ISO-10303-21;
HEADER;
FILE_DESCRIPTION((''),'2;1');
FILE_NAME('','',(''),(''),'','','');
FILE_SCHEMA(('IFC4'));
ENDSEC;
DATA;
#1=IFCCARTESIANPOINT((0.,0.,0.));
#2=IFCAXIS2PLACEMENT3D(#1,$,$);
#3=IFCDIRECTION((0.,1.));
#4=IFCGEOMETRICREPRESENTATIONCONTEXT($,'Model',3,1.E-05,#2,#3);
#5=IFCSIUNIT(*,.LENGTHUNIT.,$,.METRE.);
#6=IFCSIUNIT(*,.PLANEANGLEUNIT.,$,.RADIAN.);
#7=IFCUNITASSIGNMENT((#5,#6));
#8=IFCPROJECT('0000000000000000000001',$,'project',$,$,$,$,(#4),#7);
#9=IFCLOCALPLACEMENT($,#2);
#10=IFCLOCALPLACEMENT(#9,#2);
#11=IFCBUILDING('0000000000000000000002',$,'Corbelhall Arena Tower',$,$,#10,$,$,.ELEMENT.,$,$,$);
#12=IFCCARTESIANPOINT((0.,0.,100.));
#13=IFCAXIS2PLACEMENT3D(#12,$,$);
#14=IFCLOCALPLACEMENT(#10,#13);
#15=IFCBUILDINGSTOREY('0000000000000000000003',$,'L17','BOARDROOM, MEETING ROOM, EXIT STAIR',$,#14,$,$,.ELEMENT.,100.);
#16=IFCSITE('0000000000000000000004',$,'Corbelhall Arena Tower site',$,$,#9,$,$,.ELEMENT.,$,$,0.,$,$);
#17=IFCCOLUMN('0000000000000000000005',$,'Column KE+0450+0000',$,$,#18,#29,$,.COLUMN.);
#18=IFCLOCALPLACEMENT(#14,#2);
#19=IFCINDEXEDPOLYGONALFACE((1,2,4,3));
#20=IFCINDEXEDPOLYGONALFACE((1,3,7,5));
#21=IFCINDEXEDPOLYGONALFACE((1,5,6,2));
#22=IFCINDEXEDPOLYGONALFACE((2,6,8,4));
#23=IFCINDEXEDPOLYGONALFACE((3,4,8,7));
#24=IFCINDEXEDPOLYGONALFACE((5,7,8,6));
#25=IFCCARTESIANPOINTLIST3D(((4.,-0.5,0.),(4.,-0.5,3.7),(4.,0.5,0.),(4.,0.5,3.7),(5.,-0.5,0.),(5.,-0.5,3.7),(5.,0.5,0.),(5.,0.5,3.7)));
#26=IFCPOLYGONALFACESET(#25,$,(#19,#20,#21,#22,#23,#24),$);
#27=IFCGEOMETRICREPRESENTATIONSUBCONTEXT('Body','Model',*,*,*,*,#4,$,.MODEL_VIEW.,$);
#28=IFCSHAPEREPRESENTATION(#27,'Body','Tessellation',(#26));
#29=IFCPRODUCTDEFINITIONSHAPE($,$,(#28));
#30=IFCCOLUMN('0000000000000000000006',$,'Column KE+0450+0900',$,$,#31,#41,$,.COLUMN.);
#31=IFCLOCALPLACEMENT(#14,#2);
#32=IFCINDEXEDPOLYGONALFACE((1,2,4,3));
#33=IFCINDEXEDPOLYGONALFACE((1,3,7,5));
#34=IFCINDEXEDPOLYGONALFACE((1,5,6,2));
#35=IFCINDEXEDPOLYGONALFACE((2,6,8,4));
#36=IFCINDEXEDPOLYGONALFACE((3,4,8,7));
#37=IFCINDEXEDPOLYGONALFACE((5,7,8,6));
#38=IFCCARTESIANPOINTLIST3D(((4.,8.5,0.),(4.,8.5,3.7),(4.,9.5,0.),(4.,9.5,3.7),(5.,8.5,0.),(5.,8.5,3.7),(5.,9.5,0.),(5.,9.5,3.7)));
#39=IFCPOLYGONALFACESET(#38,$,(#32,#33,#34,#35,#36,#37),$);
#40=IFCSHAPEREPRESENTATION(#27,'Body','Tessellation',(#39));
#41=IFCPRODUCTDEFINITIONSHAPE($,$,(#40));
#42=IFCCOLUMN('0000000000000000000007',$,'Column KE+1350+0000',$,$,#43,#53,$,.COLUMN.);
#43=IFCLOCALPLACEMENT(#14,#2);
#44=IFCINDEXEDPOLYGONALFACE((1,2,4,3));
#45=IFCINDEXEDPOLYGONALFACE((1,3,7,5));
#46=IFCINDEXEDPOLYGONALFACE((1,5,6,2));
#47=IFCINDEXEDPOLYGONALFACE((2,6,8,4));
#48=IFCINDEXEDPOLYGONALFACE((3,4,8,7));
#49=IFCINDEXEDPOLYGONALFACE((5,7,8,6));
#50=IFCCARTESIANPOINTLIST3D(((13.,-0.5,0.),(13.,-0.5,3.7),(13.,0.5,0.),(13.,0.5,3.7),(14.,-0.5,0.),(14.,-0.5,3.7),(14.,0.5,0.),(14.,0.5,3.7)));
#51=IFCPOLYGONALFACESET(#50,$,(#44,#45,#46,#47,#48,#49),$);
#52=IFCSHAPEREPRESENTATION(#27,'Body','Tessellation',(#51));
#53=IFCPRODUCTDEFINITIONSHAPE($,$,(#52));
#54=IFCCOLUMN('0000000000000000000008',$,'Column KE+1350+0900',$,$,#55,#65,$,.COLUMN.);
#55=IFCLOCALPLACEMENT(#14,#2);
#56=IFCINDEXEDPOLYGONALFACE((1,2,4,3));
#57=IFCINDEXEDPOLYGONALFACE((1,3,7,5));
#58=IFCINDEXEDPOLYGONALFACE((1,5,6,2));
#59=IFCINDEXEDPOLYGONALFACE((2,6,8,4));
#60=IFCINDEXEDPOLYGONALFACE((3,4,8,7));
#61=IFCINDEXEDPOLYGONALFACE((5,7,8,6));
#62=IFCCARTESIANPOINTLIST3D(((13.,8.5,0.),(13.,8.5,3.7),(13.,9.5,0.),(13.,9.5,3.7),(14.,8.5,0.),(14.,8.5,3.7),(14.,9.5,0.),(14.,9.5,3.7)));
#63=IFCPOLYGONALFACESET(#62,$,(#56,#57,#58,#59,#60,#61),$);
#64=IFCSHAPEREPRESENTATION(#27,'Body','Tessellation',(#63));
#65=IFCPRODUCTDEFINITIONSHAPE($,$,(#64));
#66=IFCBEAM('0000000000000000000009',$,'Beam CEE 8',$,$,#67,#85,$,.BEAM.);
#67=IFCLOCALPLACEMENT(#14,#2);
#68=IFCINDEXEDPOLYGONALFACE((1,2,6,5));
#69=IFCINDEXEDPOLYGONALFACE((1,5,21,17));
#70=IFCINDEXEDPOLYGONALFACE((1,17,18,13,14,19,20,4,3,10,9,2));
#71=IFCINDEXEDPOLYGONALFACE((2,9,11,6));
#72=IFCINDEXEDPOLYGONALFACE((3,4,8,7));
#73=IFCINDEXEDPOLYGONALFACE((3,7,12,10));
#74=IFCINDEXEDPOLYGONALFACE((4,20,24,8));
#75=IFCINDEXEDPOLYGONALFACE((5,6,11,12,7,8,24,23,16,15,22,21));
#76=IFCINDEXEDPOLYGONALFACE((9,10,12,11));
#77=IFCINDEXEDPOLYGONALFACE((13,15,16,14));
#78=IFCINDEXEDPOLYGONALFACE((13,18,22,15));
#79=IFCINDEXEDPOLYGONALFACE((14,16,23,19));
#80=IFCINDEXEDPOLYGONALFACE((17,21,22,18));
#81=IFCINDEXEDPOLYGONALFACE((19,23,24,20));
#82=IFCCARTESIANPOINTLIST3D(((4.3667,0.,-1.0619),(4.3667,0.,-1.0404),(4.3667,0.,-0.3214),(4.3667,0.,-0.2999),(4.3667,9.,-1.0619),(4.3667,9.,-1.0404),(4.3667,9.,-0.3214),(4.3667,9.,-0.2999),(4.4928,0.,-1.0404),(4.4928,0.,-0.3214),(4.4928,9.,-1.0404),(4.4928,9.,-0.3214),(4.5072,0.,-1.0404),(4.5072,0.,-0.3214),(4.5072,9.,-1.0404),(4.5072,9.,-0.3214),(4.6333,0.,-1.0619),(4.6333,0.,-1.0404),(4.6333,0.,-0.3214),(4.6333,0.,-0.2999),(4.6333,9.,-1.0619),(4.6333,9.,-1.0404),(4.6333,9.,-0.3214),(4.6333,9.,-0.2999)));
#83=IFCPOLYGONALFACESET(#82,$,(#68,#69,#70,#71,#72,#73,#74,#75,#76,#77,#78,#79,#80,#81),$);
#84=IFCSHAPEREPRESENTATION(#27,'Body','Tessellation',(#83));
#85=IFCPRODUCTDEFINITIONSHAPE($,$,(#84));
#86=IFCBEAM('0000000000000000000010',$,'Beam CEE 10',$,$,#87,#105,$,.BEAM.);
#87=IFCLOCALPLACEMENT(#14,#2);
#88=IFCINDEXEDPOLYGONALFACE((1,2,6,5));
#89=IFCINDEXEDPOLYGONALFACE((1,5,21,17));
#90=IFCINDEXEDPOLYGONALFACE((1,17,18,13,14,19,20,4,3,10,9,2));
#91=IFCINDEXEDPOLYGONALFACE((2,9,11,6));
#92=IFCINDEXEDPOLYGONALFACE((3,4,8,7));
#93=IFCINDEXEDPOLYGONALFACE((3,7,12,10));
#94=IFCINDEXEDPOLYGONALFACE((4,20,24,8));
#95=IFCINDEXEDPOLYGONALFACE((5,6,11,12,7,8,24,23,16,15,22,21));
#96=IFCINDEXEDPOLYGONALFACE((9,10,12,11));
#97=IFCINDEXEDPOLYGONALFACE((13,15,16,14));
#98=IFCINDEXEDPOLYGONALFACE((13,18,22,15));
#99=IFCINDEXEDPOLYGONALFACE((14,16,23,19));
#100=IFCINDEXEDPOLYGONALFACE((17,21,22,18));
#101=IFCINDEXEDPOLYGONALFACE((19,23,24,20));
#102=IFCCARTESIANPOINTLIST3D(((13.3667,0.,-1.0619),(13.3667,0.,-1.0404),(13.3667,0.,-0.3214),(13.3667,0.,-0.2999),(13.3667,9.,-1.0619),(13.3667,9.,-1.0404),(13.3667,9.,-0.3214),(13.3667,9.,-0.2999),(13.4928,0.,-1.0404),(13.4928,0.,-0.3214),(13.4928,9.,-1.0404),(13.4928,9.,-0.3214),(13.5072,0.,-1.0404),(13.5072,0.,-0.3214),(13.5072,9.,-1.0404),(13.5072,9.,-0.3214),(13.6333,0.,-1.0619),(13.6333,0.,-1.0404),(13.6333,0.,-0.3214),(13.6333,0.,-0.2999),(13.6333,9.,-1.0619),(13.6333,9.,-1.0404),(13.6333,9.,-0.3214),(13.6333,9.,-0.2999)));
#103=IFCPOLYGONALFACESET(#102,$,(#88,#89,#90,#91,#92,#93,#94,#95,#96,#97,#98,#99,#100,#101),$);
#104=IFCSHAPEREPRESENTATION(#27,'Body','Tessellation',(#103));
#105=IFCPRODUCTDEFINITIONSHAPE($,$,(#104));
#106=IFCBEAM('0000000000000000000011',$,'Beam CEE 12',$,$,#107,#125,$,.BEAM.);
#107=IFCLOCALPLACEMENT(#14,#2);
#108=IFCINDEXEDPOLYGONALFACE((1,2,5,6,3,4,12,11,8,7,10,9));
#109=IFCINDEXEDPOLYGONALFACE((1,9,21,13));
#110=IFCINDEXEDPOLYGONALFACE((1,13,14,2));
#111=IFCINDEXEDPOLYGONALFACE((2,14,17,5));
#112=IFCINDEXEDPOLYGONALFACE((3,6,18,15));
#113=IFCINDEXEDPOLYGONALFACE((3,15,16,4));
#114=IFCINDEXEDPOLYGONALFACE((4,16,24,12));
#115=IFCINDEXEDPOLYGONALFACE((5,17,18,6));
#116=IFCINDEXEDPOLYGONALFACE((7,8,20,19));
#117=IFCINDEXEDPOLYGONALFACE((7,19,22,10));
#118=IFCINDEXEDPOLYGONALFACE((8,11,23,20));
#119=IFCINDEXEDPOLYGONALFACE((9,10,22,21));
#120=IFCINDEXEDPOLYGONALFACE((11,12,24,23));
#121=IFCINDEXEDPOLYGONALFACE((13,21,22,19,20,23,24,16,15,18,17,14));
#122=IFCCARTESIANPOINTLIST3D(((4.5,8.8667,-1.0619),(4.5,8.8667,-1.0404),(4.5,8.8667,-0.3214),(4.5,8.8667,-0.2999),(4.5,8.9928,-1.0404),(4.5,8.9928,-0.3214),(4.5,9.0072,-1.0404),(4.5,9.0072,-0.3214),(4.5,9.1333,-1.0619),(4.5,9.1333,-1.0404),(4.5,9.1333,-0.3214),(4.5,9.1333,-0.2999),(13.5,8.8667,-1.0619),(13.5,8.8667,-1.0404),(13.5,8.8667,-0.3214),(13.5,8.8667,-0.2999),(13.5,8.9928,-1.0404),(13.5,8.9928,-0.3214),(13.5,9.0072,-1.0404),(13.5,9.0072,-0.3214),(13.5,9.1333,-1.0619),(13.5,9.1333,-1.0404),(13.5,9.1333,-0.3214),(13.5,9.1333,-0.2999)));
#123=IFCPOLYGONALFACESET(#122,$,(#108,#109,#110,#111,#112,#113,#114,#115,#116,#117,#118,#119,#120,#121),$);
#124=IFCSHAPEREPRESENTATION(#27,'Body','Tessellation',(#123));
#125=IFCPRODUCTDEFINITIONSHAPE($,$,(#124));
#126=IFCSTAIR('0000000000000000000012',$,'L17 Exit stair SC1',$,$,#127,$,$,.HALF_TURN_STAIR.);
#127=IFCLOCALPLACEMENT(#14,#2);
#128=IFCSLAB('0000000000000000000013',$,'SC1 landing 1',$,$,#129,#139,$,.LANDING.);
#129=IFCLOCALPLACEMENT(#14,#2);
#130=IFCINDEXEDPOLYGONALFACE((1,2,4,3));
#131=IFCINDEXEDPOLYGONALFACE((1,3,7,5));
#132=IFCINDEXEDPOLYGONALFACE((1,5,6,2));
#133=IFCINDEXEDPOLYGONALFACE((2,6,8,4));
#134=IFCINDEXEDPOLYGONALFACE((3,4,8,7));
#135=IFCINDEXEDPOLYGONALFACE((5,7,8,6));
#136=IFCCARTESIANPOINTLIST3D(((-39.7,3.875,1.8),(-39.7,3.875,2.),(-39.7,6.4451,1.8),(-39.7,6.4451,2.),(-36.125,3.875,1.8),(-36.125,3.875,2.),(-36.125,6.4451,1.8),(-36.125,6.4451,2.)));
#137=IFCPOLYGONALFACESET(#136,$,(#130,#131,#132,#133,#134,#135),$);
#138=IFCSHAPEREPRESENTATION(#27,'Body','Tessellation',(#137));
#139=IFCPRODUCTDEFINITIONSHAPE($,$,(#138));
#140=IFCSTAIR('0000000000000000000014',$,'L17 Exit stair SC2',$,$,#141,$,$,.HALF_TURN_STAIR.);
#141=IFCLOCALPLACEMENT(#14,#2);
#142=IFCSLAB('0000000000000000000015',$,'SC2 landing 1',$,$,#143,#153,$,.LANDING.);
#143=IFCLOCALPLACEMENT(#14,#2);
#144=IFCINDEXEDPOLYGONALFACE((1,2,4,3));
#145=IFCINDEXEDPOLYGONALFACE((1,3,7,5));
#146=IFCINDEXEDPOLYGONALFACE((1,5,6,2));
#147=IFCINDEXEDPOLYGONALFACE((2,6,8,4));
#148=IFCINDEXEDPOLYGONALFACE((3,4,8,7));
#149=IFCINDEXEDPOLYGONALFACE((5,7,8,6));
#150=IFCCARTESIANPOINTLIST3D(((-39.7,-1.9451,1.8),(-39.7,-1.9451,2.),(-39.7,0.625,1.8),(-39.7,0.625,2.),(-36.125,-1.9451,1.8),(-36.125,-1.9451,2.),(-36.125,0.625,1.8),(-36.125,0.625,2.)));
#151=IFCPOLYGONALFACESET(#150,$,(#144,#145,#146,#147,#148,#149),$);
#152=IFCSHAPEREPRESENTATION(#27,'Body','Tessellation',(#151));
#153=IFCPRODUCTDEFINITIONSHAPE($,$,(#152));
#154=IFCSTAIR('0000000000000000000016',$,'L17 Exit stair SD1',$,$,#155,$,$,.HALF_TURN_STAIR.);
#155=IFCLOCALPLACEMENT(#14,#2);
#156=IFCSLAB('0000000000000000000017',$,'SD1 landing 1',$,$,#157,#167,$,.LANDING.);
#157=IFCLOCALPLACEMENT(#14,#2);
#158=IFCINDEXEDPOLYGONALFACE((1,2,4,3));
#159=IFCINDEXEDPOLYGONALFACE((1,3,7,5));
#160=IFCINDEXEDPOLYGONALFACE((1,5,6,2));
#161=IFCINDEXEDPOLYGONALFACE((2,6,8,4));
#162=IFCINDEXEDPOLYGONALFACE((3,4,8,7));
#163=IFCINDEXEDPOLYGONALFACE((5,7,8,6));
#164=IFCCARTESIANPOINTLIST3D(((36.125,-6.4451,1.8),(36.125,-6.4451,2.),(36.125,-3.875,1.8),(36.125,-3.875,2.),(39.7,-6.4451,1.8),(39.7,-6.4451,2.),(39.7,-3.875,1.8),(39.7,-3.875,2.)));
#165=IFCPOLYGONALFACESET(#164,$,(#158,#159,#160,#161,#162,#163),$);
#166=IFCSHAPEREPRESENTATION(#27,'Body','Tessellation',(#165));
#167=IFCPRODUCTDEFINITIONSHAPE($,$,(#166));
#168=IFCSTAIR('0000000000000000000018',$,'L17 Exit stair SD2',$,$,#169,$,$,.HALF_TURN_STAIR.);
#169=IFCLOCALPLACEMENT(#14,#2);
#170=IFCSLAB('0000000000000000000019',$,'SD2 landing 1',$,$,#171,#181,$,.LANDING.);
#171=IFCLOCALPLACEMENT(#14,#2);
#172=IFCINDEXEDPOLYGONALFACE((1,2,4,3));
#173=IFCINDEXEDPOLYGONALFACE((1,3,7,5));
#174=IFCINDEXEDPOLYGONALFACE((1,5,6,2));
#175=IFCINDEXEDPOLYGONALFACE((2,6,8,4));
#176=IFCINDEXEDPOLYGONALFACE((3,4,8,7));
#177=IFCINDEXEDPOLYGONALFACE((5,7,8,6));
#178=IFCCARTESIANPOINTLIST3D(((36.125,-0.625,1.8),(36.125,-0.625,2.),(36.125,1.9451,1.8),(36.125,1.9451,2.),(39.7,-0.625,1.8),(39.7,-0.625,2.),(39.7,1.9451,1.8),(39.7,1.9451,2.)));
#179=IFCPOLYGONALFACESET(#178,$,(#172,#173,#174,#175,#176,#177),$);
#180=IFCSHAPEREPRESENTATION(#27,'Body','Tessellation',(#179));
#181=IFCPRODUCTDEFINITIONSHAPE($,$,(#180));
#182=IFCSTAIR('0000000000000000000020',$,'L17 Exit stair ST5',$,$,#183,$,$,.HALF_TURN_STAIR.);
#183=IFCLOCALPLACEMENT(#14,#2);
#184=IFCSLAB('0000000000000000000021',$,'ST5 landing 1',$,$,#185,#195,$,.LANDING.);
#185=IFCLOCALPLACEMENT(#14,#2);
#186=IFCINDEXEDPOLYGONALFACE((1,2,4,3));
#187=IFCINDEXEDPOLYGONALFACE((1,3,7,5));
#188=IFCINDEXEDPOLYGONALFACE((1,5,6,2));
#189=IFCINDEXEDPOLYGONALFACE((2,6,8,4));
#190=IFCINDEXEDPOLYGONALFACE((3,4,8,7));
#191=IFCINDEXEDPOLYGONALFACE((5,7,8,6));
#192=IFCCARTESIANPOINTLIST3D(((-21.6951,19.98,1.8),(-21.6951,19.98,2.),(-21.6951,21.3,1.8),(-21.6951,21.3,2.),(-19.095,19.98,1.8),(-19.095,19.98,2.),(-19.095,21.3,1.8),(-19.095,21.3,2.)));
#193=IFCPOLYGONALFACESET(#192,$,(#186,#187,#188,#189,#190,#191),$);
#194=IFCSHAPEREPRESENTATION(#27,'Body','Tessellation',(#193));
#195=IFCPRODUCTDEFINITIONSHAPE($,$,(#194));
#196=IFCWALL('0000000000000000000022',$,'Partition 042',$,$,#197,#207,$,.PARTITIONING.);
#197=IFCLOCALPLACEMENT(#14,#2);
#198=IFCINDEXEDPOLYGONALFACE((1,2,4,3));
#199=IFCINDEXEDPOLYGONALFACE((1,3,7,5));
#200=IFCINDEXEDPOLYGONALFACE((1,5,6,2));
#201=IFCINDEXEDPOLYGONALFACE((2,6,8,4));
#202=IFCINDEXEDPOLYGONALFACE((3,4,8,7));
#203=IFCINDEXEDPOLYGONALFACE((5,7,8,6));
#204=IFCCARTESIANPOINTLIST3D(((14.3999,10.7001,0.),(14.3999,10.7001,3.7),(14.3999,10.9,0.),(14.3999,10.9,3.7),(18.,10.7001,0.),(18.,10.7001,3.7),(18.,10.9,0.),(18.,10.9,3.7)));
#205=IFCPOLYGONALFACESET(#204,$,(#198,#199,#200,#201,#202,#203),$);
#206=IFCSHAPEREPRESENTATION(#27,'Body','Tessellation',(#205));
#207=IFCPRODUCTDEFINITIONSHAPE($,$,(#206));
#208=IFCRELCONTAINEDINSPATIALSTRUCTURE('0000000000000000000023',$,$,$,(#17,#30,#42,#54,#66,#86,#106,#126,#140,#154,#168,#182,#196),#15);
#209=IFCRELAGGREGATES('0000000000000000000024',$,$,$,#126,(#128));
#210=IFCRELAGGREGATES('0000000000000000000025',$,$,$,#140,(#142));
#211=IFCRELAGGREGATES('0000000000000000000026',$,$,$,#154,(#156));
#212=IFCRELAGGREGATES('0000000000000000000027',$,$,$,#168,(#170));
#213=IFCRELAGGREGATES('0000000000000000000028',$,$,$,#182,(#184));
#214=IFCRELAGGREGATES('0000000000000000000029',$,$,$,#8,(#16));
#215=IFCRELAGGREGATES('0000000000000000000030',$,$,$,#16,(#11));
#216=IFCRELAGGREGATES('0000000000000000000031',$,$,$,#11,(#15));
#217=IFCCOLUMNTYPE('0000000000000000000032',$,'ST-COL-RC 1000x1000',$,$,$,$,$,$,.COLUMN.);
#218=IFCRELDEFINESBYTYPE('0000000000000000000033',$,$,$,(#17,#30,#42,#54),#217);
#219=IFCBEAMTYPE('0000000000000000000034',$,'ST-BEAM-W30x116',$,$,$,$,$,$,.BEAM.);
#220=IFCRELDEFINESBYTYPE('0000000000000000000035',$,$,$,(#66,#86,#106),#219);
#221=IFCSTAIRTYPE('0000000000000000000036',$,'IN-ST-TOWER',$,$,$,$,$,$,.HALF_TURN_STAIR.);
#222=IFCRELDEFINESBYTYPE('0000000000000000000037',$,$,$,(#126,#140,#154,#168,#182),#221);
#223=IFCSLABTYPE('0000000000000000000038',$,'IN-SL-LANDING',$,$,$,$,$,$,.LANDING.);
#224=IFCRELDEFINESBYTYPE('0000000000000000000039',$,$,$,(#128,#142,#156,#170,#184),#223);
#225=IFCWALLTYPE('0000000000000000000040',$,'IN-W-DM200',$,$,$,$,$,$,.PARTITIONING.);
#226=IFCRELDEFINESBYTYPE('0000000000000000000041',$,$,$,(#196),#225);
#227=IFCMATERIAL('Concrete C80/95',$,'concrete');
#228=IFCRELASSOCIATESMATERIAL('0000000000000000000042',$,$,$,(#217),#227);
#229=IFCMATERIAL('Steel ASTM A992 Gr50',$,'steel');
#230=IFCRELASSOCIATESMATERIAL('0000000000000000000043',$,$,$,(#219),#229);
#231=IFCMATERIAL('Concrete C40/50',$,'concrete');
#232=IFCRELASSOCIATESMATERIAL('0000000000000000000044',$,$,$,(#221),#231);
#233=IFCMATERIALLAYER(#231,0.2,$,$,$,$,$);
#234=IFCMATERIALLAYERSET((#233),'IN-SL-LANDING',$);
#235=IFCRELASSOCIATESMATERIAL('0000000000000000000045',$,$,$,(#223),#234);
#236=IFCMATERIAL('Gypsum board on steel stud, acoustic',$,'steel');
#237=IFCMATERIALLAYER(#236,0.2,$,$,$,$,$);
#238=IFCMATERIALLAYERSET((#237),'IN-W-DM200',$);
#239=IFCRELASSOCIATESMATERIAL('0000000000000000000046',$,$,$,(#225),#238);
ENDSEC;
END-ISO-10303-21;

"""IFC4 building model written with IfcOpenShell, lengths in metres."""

from ifc_helpers import new_model, si_unit, direction, frame, frame_2d, origin, origin_2d, place, context, subcontext, project, spatial, polyline, rectangle, i_section, outline, extrude, material, layer, layer_set, material_profile, profile_set, type_object, element, aggregate, save


model = new_model("IFC4")

# Units and contexts
model_context = context("Model", 3, precision=1e-05, world=origin(), true_north=direction((0.0, 1.0)))
body_context = subcontext(model_context, "Body", "Model", "MODEL_VIEW")
ifc_project = project(units=[si_unit("LENGTHUNIT", "METRE"), si_unit("PLANEANGLEUNIT", "RADIAN")], contexts=[model_context])

# Site, building, storey
site_placement = place(None, origin())
site = spatial("IfcSite", under=ifc_project, at=site_placement, Name="Corbelhall Arena Tower site", CompositionType="ELEMENT", RefElevation=0.0)
building_placement = place(site_placement, origin())
building = spatial("IfcBuilding", under=site, at=building_placement, Name="Corbelhall Arena Tower", CompositionType="ELEMENT")
storey_placement = place(building_placement, frame((0.0, 0.0, 100.0)))
storey = spatial("IfcBuildingStorey", under=building, at=storey_placement, Name="L17", Description="BOARDROOM, MEETING ROOM, EXIT STAIR", CompositionType="ELEMENT", Elevation=100.0)

# Columns
ifc_material_1 = material(Name="Concrete C80/95", Category="concrete")
ifc_material_profile_1 = material_profile(ifc_material_1, rectangle(XDim=1.0, YDim=1.0, at=origin_2d()))
ifc_profile_set_1 = profile_set([ifc_material_profile_1], Name="Concrete C80/95")
column_type = type_object("IfcColumnType", Name="ST-COL-RC 1000x1000", PredefinedType="COLUMN", material=ifc_profile_set_1)
for number, where, z_axis, x_axis, name in (
    (1, (4.5, 0.0, 0.0), (0.0, 0.0, 1.0), (1.0, 0.0, 0.0), "Column KE+0450+0000"),
    (2, (4.5, 9.0, 0.0), (0.0, 0.0, 1.0), (1.0, 0.0, 0.0), "Column KE+0450+0900"),
    (3, (13.5, 0.0, 0.0), (0.0, 0.0, 1.0), (1.0, 0.0, 0.0), "Column KE+1350+0000"),
    (4, (13.5, 9.0, 0.0), (0.0, 0.0, 1.0), (1.0, 0.0, 0.0), "Column KE+1350+0900"),
):
    element("IfcColumn", number, at=place(storey_placement, frame(where, z_axis=z_axis, x_axis=x_axis)), inside=storey, type_object=column_type, Name=name, PredefinedType="COLUMN", context=body_context, shape_type="SweptSolid", body=[
        extrude(rectangle(XDim=1.0, YDim=1.0, at=origin_2d()), origin(), (0.0, 0.0, 1.0), 3.7),
    ])

# Beams
ifc_material_2 = material(Name="Steel ASTM A992 Gr50", Category="steel")
ifc_material_profile_2 = material_profile(ifc_material_2, i_section(OverallWidth=0.2666, OverallDepth=0.762, WebThickness=0.0144, FlangeThickness=0.0215, at=origin_2d()))
ifc_profile_set_2 = profile_set([ifc_material_profile_2], Name="Steel ASTM A992 Gr50")
beam_type = type_object("IfcBeamType", Name="ST-BEAM-W30x116", PredefinedType="BEAM", material=ifc_profile_set_2)
for number, where, z_axis, x_axis, name in (
    (5, (4.5, 0.0, -0.6809), (0.0, 1.0, 0.0), (-1.0, 0.0, 0.0), "Beam CEE 8"),
    (6, (13.5, 0.0, -0.6809), (0.0, 1.0, 0.0), (-1.0, 0.0, 0.0), "Beam CEE 10"),
    (7, (4.5, 9.0, -0.6809), (1.0, 0.0, 0.0), (0.0, 1.0, 0.0), "Beam CEE 12"),
):
    element("IfcBeam", number, at=place(storey_placement, frame(where, z_axis=z_axis, x_axis=x_axis)), inside=storey, type_object=beam_type, Name=name, PredefinedType="BEAM", context=body_context, shape_type="SweptSolid", body=[
        extrude(i_section(OverallWidth=0.2666, OverallDepth=0.762, WebThickness=0.0144, FlangeThickness=0.0215, at=origin_2d()), origin(), (0.0, 0.0, 1.0), 9.0),
    ])

# Stairs, slabs
ifc_material_3 = material(Name="Concrete C40/50", Category="concrete")
stair_type = type_object("IfcStairType", Name="IN-ST-TOWER", PredefinedType="HALF_TURN_STAIR", material=ifc_material_3)
stair_1_placement = place(storey_placement, origin())
stair_1 = element("IfcStair", 8, at=stair_1_placement, inside=storey, type_object=stair_type, Name="L17 Exit stair SC1", PredefinedType="HALF_TURN_STAIR")
ifc_layer_1 = layer(ifc_material_3, 0.2)
ifc_layer_set_1 = layer_set([ifc_layer_1], Name="IN-SL-LANDING")
slab_type = type_object("IfcSlabType", Name="IN-SL-LANDING", PredefinedType="LANDING", material=ifc_layer_set_1)
slab_1_placement = place(storey_placement, frame((0.0, 0.0, 1.8)))
slab_1 = element("IfcSlab", 9, at=slab_1_placement, type_object=slab_type, Name="SC1 landing 1", PredefinedType="LANDING", context=body_context, shape_type="SweptSolid", body=[
    extrude(outline(polyline([(-39.7, 6.4451), (-39.7, 3.875), (-36.125, 3.875), (-36.125, 6.4451), (-39.7, 6.4451)])), origin(), (0.0, 0.0, 1.0), 0.2),
])
aggregate(stair_1, [slab_1])
stair_2_placement = place(storey_placement, origin())
stair_2 = element("IfcStair", 10, at=stair_2_placement, inside=storey, type_object=stair_type, Name="L17 Exit stair SC2", PredefinedType="HALF_TURN_STAIR")
slab_2_placement = place(storey_placement, frame((0.0, 0.0, 1.8)))
slab_2 = element("IfcSlab", 11, at=slab_2_placement, type_object=slab_type, Name="SC2 landing 1", PredefinedType="LANDING", context=body_context, shape_type="SweptSolid", body=[
    extrude(outline(polyline([(-36.125, -1.9451), (-36.125, 0.625), (-39.7, 0.625), (-39.7, -1.9451), (-36.125, -1.9451)])), origin(), (0.0, 0.0, 1.0), 0.2),
])
aggregate(stair_2, [slab_2])
stair_3_placement = place(storey_placement, origin())
stair_3 = element("IfcStair", 12, at=stair_3_placement, inside=storey, type_object=stair_type, Name="L17 Exit stair SD1", PredefinedType="HALF_TURN_STAIR")
slab_3_placement = place(storey_placement, frame((0.0, 0.0, 1.8)))
slab_3 = element("IfcSlab", 13, at=slab_3_placement, type_object=slab_type, Name="SD1 landing 1", PredefinedType="LANDING", context=body_context, shape_type="SweptSolid", body=[
    extrude(outline(polyline([(39.7, -6.4451), (39.7, -3.875), (36.125, -3.875), (36.125, -6.4451), (39.7, -6.4451)])), origin(), (0.0, 0.0, 1.0), 0.2),
])
aggregate(stair_3, [slab_3])
stair_4_placement = place(storey_placement, origin())
stair_4 = element("IfcStair", 14, at=stair_4_placement, inside=storey, type_object=stair_type, Name="L17 Exit stair SD2", PredefinedType="HALF_TURN_STAIR")
slab_4_placement = place(storey_placement, frame((0.0, 0.0, 1.8)))
slab_4 = element("IfcSlab", 15, at=slab_4_placement, type_object=slab_type, Name="SD2 landing 1", PredefinedType="LANDING", context=body_context, shape_type="SweptSolid", body=[
    extrude(outline(polyline([(36.125, 1.9451), (36.125, -0.625), (39.7, -0.625), (39.7, 1.9451), (36.125, 1.9451)])), origin(), (0.0, 0.0, 1.0), 0.2),
])
aggregate(stair_4, [slab_4])
stair_5_placement = place(storey_placement, origin())
stair_5 = element("IfcStair", 16, at=stair_5_placement, inside=storey, type_object=stair_type, Name="L17 Exit stair ST5", PredefinedType="HALF_TURN_STAIR")
slab_5_placement = place(storey_placement, frame((0.0, 0.0, 1.8)))
slab_5 = element("IfcSlab", 17, at=slab_5_placement, type_object=slab_type, Name="ST5 landing 1", PredefinedType="LANDING", context=body_context, shape_type="SweptSolid", body=[
    extrude(outline(polyline([(-19.095, 19.98), (-19.095, 21.3), (-21.6951, 21.3), (-21.6951, 19.98), (-19.095, 19.98)])), origin(), (0.0, 0.0, 1.0), 0.2),
])
aggregate(stair_5, [slab_5])

# Wall
ifc_material_4 = material(Name="Gypsum board on steel stud, acoustic", Category="steel")
ifc_layer_2 = layer(ifc_material_4, 0.2)
ifc_layer_set_2 = layer_set([ifc_layer_2], Name="IN-W-DM200")
wall_type_1 = type_object("IfcWallType", Name="IN-W-DM200", PredefinedType="PARTITIONING", material=ifc_layer_set_2)
wall_1_placement = place(storey_placement, frame((14.3999, 10.8, 0.0), z_axis=(0.0, 0.0, 1.0), x_axis=(1.0, 0.0, 0.0)))
element("IfcWall", 18, at=wall_1_placement, inside=storey, type_object=wall_type_1, Name="Partition 042", PredefinedType="PARTITIONING", context=body_context, shape_type="SweptSolid", body=[
    extrude(rectangle(XDim=3.6001, YDim=0.2, at=frame_2d((1.8, 0.0))), origin(), (0.0, 0.0, 1.0), 3.7),
])

save(model, "model.ifc")
